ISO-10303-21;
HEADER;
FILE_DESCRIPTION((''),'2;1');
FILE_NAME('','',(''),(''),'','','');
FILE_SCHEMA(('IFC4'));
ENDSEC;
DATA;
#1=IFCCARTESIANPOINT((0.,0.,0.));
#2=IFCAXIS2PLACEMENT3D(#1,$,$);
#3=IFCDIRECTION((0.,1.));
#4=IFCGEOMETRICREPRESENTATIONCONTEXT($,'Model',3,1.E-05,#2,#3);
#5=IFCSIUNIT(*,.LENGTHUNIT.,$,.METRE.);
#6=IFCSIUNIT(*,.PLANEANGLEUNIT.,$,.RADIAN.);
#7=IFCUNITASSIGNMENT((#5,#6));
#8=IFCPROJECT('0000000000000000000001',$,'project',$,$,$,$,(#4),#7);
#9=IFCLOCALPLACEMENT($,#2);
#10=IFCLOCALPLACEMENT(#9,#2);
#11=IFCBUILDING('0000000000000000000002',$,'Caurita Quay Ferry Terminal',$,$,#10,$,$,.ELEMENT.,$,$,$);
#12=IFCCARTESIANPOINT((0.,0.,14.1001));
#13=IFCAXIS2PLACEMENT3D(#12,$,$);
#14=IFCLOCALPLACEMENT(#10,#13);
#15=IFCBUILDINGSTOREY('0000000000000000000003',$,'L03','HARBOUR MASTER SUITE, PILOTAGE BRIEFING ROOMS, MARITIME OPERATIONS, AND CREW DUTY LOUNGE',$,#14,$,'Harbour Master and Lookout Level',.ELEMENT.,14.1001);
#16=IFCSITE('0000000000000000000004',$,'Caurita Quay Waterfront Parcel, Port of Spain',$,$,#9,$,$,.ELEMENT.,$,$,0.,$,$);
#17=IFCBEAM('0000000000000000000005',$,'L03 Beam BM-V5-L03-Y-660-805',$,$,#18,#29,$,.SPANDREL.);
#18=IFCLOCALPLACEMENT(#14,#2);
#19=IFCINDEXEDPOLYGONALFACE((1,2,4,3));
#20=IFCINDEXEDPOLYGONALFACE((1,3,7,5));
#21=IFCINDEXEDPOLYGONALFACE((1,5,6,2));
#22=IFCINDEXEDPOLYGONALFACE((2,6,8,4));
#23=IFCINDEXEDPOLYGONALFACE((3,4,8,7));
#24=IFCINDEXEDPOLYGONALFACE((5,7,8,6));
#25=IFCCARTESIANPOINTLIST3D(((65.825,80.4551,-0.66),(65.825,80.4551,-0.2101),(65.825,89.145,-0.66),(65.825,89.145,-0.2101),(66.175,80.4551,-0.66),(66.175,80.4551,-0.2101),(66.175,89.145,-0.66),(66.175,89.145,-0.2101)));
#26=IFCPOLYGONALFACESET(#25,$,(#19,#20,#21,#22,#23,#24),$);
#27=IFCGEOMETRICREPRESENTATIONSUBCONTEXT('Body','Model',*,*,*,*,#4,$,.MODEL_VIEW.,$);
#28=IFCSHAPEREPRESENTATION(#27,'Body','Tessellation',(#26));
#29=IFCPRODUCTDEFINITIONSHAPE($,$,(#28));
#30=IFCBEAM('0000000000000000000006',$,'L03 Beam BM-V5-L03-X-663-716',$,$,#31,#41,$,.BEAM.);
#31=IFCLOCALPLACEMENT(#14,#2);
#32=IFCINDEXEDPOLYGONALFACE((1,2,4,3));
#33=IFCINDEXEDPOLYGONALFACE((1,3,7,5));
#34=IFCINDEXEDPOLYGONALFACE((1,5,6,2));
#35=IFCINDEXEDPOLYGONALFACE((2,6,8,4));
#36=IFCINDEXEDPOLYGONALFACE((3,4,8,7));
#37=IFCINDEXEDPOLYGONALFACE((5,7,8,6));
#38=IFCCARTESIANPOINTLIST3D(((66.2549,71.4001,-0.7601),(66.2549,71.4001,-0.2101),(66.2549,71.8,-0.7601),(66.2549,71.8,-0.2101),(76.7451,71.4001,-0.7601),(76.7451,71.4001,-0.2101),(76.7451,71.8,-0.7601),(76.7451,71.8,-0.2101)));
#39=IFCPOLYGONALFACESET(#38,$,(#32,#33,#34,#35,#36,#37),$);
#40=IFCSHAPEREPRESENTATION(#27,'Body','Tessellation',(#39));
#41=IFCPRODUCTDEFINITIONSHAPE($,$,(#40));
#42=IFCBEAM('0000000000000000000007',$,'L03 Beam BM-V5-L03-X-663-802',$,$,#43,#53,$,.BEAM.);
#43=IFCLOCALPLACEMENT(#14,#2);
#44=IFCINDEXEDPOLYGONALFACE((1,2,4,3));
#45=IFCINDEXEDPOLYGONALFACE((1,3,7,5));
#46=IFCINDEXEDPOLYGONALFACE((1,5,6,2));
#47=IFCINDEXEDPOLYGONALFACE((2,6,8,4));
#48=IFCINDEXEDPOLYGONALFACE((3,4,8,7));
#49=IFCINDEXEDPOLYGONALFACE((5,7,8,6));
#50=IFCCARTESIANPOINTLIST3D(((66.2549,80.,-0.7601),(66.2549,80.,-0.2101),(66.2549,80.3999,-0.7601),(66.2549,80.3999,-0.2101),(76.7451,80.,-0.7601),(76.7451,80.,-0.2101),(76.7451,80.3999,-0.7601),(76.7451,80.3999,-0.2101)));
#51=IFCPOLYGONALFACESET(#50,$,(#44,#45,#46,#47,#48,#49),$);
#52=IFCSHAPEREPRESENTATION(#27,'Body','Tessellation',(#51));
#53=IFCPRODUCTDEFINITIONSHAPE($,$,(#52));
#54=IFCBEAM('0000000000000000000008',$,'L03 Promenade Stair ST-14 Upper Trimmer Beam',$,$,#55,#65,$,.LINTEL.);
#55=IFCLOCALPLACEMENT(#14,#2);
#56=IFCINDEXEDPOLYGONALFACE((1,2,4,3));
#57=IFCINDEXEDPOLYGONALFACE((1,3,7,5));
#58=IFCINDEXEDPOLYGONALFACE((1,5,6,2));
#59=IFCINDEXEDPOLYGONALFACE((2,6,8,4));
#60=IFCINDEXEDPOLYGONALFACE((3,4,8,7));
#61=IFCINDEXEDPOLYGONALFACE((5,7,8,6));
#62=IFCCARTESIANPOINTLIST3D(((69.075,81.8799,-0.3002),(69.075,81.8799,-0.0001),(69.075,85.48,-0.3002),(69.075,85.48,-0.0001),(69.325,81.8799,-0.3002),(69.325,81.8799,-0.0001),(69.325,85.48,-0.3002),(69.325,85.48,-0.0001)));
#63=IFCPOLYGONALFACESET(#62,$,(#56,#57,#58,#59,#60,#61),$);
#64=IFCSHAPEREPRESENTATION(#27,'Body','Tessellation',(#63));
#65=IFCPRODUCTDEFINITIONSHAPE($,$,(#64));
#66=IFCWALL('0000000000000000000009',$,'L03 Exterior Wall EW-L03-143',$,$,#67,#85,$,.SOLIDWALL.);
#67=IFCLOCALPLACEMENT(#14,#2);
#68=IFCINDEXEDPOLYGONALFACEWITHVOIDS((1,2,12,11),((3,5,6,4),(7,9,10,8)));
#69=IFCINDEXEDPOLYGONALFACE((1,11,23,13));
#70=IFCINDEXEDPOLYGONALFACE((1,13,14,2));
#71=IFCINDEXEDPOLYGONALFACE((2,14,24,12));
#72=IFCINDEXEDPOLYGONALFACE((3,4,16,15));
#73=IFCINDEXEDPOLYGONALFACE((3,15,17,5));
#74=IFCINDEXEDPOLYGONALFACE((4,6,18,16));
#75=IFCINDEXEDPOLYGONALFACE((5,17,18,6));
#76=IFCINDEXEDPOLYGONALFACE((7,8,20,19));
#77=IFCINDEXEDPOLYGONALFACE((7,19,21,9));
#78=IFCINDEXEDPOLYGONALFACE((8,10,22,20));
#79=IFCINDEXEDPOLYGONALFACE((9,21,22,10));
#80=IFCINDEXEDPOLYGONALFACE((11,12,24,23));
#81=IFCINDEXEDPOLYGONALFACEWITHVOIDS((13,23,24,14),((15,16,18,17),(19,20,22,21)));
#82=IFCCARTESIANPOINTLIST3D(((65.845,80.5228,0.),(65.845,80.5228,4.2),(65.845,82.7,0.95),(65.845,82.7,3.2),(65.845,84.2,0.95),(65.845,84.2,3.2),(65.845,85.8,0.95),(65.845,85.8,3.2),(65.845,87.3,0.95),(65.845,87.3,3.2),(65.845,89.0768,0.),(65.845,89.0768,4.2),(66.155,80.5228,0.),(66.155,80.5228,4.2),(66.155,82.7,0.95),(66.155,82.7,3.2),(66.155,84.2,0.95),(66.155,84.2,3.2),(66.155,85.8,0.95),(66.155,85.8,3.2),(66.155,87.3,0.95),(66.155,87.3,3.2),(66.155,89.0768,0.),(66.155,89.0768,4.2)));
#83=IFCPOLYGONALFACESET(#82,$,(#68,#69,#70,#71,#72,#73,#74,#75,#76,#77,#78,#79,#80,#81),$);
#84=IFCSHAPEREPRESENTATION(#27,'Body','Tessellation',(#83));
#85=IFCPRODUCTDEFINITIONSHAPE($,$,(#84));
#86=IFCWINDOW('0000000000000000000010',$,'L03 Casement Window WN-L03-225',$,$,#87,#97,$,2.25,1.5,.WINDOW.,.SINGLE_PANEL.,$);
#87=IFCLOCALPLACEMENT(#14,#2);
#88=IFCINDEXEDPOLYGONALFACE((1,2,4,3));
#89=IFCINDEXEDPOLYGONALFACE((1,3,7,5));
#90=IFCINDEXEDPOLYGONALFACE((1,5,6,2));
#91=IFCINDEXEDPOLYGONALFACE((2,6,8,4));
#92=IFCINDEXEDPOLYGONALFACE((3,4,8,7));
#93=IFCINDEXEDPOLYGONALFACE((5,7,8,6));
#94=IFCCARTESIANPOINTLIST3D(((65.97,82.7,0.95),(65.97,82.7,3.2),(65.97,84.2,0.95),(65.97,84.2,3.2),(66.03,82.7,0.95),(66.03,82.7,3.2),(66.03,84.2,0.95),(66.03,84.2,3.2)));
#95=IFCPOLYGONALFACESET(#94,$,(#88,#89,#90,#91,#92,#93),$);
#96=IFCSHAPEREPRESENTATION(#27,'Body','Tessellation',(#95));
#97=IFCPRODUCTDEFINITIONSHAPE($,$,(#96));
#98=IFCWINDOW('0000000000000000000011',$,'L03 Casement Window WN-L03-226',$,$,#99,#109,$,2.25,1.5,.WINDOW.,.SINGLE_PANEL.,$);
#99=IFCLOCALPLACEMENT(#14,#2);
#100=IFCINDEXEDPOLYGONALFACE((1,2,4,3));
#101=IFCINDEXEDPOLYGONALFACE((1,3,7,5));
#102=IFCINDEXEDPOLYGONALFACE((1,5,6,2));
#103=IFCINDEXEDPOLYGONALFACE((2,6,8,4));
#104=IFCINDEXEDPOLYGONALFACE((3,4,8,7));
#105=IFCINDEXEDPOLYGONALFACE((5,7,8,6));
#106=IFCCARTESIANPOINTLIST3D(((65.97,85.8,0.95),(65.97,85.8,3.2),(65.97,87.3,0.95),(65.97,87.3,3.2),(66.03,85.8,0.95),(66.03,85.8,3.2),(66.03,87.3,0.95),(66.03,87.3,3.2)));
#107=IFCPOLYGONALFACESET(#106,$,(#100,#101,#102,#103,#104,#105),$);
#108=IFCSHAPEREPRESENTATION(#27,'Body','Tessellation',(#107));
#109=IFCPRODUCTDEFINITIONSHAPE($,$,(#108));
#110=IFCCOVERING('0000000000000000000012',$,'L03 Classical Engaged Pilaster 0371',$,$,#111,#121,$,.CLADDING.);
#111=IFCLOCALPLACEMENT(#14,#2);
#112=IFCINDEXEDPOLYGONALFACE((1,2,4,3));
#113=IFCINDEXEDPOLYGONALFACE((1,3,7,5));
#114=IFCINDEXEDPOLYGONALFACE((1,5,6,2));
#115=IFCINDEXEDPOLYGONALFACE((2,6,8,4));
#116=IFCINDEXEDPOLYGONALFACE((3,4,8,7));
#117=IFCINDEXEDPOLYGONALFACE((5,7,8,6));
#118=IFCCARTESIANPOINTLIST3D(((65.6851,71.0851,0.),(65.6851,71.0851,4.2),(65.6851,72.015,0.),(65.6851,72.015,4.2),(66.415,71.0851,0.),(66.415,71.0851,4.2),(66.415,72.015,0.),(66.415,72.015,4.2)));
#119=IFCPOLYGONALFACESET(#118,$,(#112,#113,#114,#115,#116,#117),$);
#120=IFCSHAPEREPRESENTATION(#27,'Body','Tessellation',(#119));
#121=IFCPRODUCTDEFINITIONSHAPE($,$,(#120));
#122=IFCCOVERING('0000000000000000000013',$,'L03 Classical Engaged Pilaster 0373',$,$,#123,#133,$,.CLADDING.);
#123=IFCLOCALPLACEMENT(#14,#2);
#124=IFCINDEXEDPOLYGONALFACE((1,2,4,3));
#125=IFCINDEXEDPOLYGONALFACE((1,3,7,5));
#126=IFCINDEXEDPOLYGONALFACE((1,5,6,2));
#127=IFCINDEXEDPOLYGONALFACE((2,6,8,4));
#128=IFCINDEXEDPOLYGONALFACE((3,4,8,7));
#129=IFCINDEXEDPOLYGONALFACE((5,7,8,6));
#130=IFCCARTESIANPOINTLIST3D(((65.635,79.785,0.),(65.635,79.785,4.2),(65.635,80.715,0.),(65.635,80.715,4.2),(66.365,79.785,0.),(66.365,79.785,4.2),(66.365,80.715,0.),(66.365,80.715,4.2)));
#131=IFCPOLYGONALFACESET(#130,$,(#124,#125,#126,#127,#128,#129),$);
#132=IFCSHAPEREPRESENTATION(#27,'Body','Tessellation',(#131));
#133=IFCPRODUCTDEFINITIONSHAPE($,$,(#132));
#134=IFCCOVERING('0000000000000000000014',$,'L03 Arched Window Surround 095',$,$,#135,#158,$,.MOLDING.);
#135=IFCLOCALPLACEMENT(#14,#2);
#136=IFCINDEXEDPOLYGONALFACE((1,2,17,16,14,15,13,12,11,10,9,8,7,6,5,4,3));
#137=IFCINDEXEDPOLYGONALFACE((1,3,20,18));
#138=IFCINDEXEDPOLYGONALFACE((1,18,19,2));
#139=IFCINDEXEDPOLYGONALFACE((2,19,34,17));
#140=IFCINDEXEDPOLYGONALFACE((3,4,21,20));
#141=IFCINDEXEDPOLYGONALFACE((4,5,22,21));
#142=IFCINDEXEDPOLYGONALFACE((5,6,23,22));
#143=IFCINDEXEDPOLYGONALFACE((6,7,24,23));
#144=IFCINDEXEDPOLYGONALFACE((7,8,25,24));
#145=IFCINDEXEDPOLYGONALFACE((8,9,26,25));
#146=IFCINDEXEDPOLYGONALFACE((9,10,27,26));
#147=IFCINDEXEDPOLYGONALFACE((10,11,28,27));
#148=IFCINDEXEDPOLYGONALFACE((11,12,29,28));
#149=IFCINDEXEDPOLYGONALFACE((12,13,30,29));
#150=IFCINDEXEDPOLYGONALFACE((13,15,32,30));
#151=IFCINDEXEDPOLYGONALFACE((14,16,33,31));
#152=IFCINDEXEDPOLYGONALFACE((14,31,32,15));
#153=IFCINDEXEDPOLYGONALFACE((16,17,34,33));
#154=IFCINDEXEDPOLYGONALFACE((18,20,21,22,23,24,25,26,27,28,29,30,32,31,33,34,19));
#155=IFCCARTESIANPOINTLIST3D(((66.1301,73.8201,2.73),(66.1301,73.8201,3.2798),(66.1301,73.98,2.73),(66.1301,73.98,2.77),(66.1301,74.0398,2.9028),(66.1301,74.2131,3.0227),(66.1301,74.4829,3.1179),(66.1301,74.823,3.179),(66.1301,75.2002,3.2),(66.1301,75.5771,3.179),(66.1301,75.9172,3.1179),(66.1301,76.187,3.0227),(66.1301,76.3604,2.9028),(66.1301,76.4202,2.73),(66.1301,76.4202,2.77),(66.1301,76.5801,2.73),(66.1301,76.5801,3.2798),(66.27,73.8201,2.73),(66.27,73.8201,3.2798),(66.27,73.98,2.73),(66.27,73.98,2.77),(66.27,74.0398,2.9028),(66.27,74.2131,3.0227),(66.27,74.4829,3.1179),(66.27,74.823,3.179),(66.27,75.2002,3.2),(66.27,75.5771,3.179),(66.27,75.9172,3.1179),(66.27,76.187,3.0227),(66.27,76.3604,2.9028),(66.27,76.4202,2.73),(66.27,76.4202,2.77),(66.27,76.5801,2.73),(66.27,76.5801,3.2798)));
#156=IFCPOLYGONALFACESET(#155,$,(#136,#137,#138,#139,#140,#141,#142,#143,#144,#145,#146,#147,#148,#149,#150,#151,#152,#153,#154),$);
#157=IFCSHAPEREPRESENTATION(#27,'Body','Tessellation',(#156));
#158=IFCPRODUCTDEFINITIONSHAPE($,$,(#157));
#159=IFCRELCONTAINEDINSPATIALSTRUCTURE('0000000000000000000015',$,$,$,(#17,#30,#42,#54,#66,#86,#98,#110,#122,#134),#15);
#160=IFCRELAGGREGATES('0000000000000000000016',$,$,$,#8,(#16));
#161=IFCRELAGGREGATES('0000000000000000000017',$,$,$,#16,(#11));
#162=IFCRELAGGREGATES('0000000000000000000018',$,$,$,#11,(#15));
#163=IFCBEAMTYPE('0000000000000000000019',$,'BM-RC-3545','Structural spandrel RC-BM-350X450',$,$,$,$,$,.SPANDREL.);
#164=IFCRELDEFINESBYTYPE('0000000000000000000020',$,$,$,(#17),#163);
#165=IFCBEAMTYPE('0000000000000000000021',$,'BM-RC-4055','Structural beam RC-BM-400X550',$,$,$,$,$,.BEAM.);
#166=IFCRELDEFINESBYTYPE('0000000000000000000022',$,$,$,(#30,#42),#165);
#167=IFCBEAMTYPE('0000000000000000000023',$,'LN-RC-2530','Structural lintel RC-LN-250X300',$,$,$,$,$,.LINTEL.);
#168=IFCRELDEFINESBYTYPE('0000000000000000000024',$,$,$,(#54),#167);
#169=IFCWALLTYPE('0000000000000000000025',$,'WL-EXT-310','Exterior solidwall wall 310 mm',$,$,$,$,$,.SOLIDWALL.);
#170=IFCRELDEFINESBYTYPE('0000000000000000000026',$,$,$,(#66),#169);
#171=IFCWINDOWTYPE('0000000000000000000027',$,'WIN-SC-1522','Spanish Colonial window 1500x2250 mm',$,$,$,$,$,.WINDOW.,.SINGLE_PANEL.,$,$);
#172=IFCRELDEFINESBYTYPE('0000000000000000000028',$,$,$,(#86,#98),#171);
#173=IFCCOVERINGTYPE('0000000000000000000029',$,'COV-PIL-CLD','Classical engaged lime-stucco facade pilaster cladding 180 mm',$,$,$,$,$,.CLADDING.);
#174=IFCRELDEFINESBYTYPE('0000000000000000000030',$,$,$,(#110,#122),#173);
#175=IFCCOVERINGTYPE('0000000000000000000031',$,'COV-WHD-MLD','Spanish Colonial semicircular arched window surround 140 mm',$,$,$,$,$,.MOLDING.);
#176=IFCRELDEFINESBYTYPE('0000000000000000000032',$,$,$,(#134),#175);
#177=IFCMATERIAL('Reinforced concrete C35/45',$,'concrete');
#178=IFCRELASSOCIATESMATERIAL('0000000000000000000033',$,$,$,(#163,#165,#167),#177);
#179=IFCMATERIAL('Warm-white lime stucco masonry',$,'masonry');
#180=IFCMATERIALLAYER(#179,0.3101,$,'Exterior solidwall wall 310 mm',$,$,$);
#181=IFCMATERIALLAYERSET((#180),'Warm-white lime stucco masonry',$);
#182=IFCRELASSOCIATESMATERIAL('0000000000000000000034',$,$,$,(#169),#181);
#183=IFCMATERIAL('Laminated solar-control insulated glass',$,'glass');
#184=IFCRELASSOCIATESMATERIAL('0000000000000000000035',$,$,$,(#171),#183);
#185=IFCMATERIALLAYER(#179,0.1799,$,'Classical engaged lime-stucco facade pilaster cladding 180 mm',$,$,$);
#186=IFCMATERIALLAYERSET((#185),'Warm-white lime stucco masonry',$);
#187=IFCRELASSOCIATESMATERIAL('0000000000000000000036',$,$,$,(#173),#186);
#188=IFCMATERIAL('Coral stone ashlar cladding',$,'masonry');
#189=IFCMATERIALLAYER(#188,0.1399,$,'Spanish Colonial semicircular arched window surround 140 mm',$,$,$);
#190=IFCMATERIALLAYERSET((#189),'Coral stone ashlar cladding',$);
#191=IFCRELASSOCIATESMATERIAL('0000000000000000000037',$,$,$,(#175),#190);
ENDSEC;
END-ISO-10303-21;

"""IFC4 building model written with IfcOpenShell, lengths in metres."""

from ifc_helpers import new_model, si_unit, direction, frame, frame_2d, origin, origin_2d, place, context, subcontext, project, spatial, polyline, rectangle, outline, extrude, material, layer, layer_set, material_profile, profile_set, type_object, element, fill, save


model = new_model("IFC4")

# Units and contexts
model_context = context("Model", 3, precision=1e-05, world=origin(), true_north=direction((0.0, 1.0)))
body_context = subcontext(model_context, "Body", "Model", "MODEL_VIEW")
ifc_project = project(units=[si_unit("LENGTHUNIT", "METRE"), si_unit("PLANEANGLEUNIT", "RADIAN")], contexts=[model_context])

# Site, building, storey
site_placement = place(None, origin())
site = spatial("IfcSite", under=ifc_project, at=site_placement, Name="Caurita Quay Waterfront Parcel, Port of Spain", CompositionType="ELEMENT", RefElevation=0.0)
building_placement = place(site_placement, origin())
building = spatial("IfcBuilding", under=site, at=building_placement, Name="Caurita Quay Ferry Terminal", CompositionType="ELEMENT")
storey_placement = place(building_placement, frame((0.0, 0.0, 14.1001)))
storey = spatial("IfcBuildingStorey", under=building, at=storey_placement, Name="L03", Description="HARBOUR MASTER SUITE, PILOTAGE BRIEFING ROOMS, MARITIME OPERATIONS, AND CREW DUTY LOUNGE", LongName="Harbour Master and Lookout Level", CompositionType="ELEMENT", Elevation=14.1001)

# Shared definitions
ifc_material_1 = material(Name="Reinforced concrete C35/45", Category="concrete")

# Beams
ifc_material_profile_1 = material_profile(ifc_material_1, rectangle(XDim=0.3501, YDim=0.45, at=origin_2d()), Name="RC-BM-350X450")
ifc_profile_set_1 = profile_set([ifc_material_profile_1], Name="Reinforced concrete C35/45")
beam_type_1 = type_object("IfcBeamType", Name="BM-RC-3545", Description="Structural spandrel RC-BM-350X450", PredefinedType="SPANDREL", material=ifc_profile_set_1)
beam_1_placement = place(storey_placement, frame((66.0, 80.4551, -0.4351), z_axis=(0.0, 1.0, 0.0), x_axis=(-1.0, 0.0, 0.0)))
element("IfcBeam", 1, at=beam_1_placement, inside=storey, type_object=beam_type_1, Name="L03 Beam BM-V5-L03-Y-660-805", PredefinedType="SPANDREL", context=body_context, shape_type="SweptSolid", body=[
    extrude(rectangle(XDim=0.3501, YDim=0.45, at=origin_2d()), origin(), (0.0, 0.0, 1.0), 8.6899),
])
ifc_material_profile_2 = material_profile(ifc_material_1, rectangle(XDim=0.3999, YDim=0.55, at=origin_2d()), Name="RC-BM-400X550")
ifc_profile_set_2 = profile_set([ifc_material_profile_2], Name="Reinforced concrete C35/45")
beam_type_2 = type_object("IfcBeamType", Name="BM-RC-4055", Description="Structural beam RC-BM-400X550", PredefinedType="BEAM", material=ifc_profile_set_2)
for number, where, z_axis, x_axis, name in (
    (2, (66.2549, 71.6001, -0.4851), (1.0, 0.0, 0.0), (0.0, 1.0, 0.0), "L03 Beam BM-V5-L03-X-663-716"),
    (3, (66.2549, 80.2, -0.4851), (1.0, 0.0, 0.0), (0.0, 1.0, 0.0), "L03 Beam BM-V5-L03-X-663-802"),
):
    element("IfcBeam", number, at=place(storey_placement, frame(where, z_axis=z_axis, x_axis=x_axis)), inside=storey, type_object=beam_type_2, Name=name, PredefinedType="BEAM", context=body_context, shape_type="SweptSolid", body=[
        extrude(rectangle(XDim=0.3999, YDim=0.55, at=origin_2d()), origin(), (0.0, 0.0, 1.0), 10.4902),
    ])
ifc_material_profile_3 = material_profile(ifc_material_1, rectangle(XDim=0.25, YDim=0.3, at=origin_2d()), Name="RC-LN-250X300")
ifc_profile_set_3 = profile_set([ifc_material_profile_3], Name="Reinforced concrete C35/45")
beam_type_3 = type_object("IfcBeamType", Name="LN-RC-2530", Description="Structural lintel RC-LN-250X300", PredefinedType="LINTEL", material=ifc_profile_set_3)
beam_2_placement = place(storey_placement, frame((69.2, 81.8799, -0.1501), z_axis=(0.0, 1.0, 0.0), x_axis=(-1.0, 0.0, 0.0)))
element("IfcBeam", 4, at=beam_2_placement, inside=storey, type_object=beam_type_3, Name="L03 Promenade Stair ST-14 Upper Trimmer Beam", PredefinedType="LINTEL", context=body_context, shape_type="SweptSolid", body=[
    extrude(rectangle(XDim=0.25, YDim=0.3, at=origin_2d()), origin(), (0.0, 0.0, 1.0), 3.6001),
])

# Wall, openings, windows
ifc_material_2 = material(Name="Warm-white lime stucco masonry", Category="masonry")
ifc_layer_1 = layer(ifc_material_2, 0.3101, Name="Exterior solidwall wall 310 mm")
ifc_layer_set_1 = layer_set([ifc_layer_1], Name="Warm-white lime stucco masonry")
wall_type = type_object("IfcWallType", Name="WL-EXT-310", Description="Exterior solidwall wall 310 mm", PredefinedType="SOLIDWALL", material=ifc_layer_set_1)
wall_placement = place(storey_placement, frame((66.0, 80.5229, 0.0), z_axis=(0.0, 0.0, 1.0), x_axis=(0.0, 1.0, 0.0)))
wall = element("IfcWall", 5, at=wall_placement, inside=storey, type_object=wall_type, Name="L03 Exterior Wall EW-L03-143", PredefinedType="SOLIDWALL", context=body_context, shape_type="SweptSolid", body=[
    extrude(rectangle(XDim=8.554, YDim=0.3101, at=frame_2d((4.2769, 0.0))), origin(), (0.0, 0.0, 1.0), 4.2),
])
opening_1_placement = place(wall_placement, frame((2.177, 0.0, 0.95)))
opening_1 = element("IfcOpeningElement", 6, at=opening_1_placement, cuts=wall, PredefinedType="OPENING", context=body_context, shape_type="SweptSolid", body=[
    extrude(rectangle(XDim=1.5, YDim=2.25, at=frame_2d((0.75, 1.125))), frame((0.0, 0.165, 0.0), z_axis=(0.0, -1.0, 0.0), x_axis=(1.0, 0.0, 0.0)), (0.0, 0.0, 1.0), 0.3301),
])
opening_2_placement = place(wall_placement, frame((5.2771, 0.0, 0.95)))
opening_2 = element("IfcOpeningElement", 7, at=opening_2_placement, cuts=wall, PredefinedType="OPENING", context=body_context, shape_type="SweptSolid", body=[
    extrude(rectangle(XDim=1.5, YDim=2.25, at=frame_2d((0.75, 1.125))), frame((0.0, 0.165, 0.0), z_axis=(0.0, -1.0, 0.0), x_axis=(1.0, 0.0, 0.0)), (0.0, 0.0, 1.0), 0.3301),
])
ifc_material_3 = material(Name="Laminated solar-control insulated glass", Category="glass")
window_type = type_object("IfcWindowType", Name="WIN-SC-1522", Description="Spanish Colonial window 1500x2250 mm", PartitioningType="SINGLE_PANEL", PredefinedType="WINDOW", material=ifc_material_3)
window_1_placement = place(opening_1_placement, origin())
window_1 = element("IfcWindow", 8, at=window_1_placement, inside=storey, type_object=window_type, Name="L03 Casement Window WN-L03-225", OverallHeight=2.25, OverallWidth=1.5, PartitioningType="SINGLE_PANEL", PredefinedType="WINDOW", context=body_context, shape_type="SweptSolid", body=[
    extrude(rectangle(XDim=1.5, YDim=2.25, at=frame_2d((0.75, 1.125))), frame((0.0, 0.03, 0.0), z_axis=(0.0, -1.0, 0.0), x_axis=(1.0, 0.0, 0.0)), (0.0, 0.0, 1.0), 0.0601),
])
fill(opening_1, window_1)
window_2_placement = place(opening_2_placement, origin())
window_2 = element("IfcWindow", 9, at=window_2_placement, inside=storey, type_object=window_type, Name="L03 Casement Window WN-L03-226", OverallHeight=2.25, OverallWidth=1.5, PartitioningType="SINGLE_PANEL", PredefinedType="WINDOW", context=body_context, shape_type="SweptSolid", body=[
    extrude(rectangle(XDim=1.5, YDim=2.25, at=frame_2d((0.75, 1.125))), frame((0.0, 0.03, 0.0), z_axis=(0.0, -1.0, 0.0), x_axis=(1.0, 0.0, 0.0)), (0.0, 0.0, 1.0), 0.0601),
])
fill(opening_2, window_2)

# Coverings
ifc_layer_2 = layer(ifc_material_2, 0.1799, Name="Classical engaged lime-stucco facade pilaster cladding 180 mm")
ifc_layer_set_2 = layer_set([ifc_layer_2], Name="Warm-white lime stucco masonry")
covering_type_1 = type_object("IfcCoveringType", Name="COV-PIL-CLD", Description="Classical engaged lime-stucco facade pilaster cladding 180 mm", PredefinedType="CLADDING", material=ifc_layer_set_2)
for number, where, z_axis, x_axis, name in (
    (10, (66.05, 71.55, 0.0), (0.0, 0.0, 1.0), (1.0, 0.0, 0.0), "L03 Classical Engaged Pilaster 0371"),
    (11, (66.0, 80.25, 0.0), (0.0, 0.0, 1.0), (1.0, 0.0, 0.0), "L03 Classical Engaged Pilaster 0373"),
):
    element("IfcCovering", number, at=place(storey_placement, frame(where, z_axis=z_axis, x_axis=x_axis)), inside=storey, type_object=covering_type_1, Name=name, PredefinedType="CLADDING", context=body_context, shape_type="SweptSolid", body=[
        extrude(rectangle(XDim=0.73, YDim=0.9299, at=origin_2d()), origin(), (0.0, 0.0, 1.0), 4.2),
    ])
ifc_material_4 = material(Name="Coral stone ashlar cladding", Category="masonry")
ifc_layer_3 = layer(ifc_material_4, 0.1399, Name="Spanish Colonial semicircular arched window surround 140 mm")
ifc_layer_set_3 = layer_set([ifc_layer_3], Name="Coral stone ashlar cladding")
covering_type_2 = type_object("IfcCoveringType", Name="COV-WHD-MLD", Description="Spanish Colonial semicircular arched window surround 140 mm", PredefinedType="MOLDING", material=ifc_layer_set_3)
covering_1_placement = place(storey_placement, frame((66.2, 73.8201, 2.73), z_axis=(0.0, 0.0, 1.0), x_axis=(0.0, 1.0, 0.0)))
element("IfcCovering", 12, at=covering_1_placement, inside=storey, type_object=covering_type_2, Name="L03 Arched Window Surround 095", PredefinedType="MOLDING", context=body_context, shape_type="SweptSolid", body=[
    extrude(outline(polyline([(0.0, 0.0), (0.1599, 0.0), (0.1599, 0.04), (0.2197, 0.1729), (0.3931, 0.2927), (0.6628, 0.3879), (1.0029, 0.449), (1.3801, 0.47), (1.7571, 0.449), (2.0972, 0.3879), (2.3669, 0.2927), (2.5403, 0.1729), (2.6001, 0.04), (2.6001, 0.0), (2.76, 0.0), (2.76, 0.5498), (0.0, 0.5498), (0.0, 0.0)])), frame((0.0, 0.0698, 0.0), z_axis=(0.0, -1.0, 0.0), x_axis=(1.0, 0.0, 0.0)), (0.0, 0.0, 1.0), 0.1399),
])

save(model, "model.ifc")
